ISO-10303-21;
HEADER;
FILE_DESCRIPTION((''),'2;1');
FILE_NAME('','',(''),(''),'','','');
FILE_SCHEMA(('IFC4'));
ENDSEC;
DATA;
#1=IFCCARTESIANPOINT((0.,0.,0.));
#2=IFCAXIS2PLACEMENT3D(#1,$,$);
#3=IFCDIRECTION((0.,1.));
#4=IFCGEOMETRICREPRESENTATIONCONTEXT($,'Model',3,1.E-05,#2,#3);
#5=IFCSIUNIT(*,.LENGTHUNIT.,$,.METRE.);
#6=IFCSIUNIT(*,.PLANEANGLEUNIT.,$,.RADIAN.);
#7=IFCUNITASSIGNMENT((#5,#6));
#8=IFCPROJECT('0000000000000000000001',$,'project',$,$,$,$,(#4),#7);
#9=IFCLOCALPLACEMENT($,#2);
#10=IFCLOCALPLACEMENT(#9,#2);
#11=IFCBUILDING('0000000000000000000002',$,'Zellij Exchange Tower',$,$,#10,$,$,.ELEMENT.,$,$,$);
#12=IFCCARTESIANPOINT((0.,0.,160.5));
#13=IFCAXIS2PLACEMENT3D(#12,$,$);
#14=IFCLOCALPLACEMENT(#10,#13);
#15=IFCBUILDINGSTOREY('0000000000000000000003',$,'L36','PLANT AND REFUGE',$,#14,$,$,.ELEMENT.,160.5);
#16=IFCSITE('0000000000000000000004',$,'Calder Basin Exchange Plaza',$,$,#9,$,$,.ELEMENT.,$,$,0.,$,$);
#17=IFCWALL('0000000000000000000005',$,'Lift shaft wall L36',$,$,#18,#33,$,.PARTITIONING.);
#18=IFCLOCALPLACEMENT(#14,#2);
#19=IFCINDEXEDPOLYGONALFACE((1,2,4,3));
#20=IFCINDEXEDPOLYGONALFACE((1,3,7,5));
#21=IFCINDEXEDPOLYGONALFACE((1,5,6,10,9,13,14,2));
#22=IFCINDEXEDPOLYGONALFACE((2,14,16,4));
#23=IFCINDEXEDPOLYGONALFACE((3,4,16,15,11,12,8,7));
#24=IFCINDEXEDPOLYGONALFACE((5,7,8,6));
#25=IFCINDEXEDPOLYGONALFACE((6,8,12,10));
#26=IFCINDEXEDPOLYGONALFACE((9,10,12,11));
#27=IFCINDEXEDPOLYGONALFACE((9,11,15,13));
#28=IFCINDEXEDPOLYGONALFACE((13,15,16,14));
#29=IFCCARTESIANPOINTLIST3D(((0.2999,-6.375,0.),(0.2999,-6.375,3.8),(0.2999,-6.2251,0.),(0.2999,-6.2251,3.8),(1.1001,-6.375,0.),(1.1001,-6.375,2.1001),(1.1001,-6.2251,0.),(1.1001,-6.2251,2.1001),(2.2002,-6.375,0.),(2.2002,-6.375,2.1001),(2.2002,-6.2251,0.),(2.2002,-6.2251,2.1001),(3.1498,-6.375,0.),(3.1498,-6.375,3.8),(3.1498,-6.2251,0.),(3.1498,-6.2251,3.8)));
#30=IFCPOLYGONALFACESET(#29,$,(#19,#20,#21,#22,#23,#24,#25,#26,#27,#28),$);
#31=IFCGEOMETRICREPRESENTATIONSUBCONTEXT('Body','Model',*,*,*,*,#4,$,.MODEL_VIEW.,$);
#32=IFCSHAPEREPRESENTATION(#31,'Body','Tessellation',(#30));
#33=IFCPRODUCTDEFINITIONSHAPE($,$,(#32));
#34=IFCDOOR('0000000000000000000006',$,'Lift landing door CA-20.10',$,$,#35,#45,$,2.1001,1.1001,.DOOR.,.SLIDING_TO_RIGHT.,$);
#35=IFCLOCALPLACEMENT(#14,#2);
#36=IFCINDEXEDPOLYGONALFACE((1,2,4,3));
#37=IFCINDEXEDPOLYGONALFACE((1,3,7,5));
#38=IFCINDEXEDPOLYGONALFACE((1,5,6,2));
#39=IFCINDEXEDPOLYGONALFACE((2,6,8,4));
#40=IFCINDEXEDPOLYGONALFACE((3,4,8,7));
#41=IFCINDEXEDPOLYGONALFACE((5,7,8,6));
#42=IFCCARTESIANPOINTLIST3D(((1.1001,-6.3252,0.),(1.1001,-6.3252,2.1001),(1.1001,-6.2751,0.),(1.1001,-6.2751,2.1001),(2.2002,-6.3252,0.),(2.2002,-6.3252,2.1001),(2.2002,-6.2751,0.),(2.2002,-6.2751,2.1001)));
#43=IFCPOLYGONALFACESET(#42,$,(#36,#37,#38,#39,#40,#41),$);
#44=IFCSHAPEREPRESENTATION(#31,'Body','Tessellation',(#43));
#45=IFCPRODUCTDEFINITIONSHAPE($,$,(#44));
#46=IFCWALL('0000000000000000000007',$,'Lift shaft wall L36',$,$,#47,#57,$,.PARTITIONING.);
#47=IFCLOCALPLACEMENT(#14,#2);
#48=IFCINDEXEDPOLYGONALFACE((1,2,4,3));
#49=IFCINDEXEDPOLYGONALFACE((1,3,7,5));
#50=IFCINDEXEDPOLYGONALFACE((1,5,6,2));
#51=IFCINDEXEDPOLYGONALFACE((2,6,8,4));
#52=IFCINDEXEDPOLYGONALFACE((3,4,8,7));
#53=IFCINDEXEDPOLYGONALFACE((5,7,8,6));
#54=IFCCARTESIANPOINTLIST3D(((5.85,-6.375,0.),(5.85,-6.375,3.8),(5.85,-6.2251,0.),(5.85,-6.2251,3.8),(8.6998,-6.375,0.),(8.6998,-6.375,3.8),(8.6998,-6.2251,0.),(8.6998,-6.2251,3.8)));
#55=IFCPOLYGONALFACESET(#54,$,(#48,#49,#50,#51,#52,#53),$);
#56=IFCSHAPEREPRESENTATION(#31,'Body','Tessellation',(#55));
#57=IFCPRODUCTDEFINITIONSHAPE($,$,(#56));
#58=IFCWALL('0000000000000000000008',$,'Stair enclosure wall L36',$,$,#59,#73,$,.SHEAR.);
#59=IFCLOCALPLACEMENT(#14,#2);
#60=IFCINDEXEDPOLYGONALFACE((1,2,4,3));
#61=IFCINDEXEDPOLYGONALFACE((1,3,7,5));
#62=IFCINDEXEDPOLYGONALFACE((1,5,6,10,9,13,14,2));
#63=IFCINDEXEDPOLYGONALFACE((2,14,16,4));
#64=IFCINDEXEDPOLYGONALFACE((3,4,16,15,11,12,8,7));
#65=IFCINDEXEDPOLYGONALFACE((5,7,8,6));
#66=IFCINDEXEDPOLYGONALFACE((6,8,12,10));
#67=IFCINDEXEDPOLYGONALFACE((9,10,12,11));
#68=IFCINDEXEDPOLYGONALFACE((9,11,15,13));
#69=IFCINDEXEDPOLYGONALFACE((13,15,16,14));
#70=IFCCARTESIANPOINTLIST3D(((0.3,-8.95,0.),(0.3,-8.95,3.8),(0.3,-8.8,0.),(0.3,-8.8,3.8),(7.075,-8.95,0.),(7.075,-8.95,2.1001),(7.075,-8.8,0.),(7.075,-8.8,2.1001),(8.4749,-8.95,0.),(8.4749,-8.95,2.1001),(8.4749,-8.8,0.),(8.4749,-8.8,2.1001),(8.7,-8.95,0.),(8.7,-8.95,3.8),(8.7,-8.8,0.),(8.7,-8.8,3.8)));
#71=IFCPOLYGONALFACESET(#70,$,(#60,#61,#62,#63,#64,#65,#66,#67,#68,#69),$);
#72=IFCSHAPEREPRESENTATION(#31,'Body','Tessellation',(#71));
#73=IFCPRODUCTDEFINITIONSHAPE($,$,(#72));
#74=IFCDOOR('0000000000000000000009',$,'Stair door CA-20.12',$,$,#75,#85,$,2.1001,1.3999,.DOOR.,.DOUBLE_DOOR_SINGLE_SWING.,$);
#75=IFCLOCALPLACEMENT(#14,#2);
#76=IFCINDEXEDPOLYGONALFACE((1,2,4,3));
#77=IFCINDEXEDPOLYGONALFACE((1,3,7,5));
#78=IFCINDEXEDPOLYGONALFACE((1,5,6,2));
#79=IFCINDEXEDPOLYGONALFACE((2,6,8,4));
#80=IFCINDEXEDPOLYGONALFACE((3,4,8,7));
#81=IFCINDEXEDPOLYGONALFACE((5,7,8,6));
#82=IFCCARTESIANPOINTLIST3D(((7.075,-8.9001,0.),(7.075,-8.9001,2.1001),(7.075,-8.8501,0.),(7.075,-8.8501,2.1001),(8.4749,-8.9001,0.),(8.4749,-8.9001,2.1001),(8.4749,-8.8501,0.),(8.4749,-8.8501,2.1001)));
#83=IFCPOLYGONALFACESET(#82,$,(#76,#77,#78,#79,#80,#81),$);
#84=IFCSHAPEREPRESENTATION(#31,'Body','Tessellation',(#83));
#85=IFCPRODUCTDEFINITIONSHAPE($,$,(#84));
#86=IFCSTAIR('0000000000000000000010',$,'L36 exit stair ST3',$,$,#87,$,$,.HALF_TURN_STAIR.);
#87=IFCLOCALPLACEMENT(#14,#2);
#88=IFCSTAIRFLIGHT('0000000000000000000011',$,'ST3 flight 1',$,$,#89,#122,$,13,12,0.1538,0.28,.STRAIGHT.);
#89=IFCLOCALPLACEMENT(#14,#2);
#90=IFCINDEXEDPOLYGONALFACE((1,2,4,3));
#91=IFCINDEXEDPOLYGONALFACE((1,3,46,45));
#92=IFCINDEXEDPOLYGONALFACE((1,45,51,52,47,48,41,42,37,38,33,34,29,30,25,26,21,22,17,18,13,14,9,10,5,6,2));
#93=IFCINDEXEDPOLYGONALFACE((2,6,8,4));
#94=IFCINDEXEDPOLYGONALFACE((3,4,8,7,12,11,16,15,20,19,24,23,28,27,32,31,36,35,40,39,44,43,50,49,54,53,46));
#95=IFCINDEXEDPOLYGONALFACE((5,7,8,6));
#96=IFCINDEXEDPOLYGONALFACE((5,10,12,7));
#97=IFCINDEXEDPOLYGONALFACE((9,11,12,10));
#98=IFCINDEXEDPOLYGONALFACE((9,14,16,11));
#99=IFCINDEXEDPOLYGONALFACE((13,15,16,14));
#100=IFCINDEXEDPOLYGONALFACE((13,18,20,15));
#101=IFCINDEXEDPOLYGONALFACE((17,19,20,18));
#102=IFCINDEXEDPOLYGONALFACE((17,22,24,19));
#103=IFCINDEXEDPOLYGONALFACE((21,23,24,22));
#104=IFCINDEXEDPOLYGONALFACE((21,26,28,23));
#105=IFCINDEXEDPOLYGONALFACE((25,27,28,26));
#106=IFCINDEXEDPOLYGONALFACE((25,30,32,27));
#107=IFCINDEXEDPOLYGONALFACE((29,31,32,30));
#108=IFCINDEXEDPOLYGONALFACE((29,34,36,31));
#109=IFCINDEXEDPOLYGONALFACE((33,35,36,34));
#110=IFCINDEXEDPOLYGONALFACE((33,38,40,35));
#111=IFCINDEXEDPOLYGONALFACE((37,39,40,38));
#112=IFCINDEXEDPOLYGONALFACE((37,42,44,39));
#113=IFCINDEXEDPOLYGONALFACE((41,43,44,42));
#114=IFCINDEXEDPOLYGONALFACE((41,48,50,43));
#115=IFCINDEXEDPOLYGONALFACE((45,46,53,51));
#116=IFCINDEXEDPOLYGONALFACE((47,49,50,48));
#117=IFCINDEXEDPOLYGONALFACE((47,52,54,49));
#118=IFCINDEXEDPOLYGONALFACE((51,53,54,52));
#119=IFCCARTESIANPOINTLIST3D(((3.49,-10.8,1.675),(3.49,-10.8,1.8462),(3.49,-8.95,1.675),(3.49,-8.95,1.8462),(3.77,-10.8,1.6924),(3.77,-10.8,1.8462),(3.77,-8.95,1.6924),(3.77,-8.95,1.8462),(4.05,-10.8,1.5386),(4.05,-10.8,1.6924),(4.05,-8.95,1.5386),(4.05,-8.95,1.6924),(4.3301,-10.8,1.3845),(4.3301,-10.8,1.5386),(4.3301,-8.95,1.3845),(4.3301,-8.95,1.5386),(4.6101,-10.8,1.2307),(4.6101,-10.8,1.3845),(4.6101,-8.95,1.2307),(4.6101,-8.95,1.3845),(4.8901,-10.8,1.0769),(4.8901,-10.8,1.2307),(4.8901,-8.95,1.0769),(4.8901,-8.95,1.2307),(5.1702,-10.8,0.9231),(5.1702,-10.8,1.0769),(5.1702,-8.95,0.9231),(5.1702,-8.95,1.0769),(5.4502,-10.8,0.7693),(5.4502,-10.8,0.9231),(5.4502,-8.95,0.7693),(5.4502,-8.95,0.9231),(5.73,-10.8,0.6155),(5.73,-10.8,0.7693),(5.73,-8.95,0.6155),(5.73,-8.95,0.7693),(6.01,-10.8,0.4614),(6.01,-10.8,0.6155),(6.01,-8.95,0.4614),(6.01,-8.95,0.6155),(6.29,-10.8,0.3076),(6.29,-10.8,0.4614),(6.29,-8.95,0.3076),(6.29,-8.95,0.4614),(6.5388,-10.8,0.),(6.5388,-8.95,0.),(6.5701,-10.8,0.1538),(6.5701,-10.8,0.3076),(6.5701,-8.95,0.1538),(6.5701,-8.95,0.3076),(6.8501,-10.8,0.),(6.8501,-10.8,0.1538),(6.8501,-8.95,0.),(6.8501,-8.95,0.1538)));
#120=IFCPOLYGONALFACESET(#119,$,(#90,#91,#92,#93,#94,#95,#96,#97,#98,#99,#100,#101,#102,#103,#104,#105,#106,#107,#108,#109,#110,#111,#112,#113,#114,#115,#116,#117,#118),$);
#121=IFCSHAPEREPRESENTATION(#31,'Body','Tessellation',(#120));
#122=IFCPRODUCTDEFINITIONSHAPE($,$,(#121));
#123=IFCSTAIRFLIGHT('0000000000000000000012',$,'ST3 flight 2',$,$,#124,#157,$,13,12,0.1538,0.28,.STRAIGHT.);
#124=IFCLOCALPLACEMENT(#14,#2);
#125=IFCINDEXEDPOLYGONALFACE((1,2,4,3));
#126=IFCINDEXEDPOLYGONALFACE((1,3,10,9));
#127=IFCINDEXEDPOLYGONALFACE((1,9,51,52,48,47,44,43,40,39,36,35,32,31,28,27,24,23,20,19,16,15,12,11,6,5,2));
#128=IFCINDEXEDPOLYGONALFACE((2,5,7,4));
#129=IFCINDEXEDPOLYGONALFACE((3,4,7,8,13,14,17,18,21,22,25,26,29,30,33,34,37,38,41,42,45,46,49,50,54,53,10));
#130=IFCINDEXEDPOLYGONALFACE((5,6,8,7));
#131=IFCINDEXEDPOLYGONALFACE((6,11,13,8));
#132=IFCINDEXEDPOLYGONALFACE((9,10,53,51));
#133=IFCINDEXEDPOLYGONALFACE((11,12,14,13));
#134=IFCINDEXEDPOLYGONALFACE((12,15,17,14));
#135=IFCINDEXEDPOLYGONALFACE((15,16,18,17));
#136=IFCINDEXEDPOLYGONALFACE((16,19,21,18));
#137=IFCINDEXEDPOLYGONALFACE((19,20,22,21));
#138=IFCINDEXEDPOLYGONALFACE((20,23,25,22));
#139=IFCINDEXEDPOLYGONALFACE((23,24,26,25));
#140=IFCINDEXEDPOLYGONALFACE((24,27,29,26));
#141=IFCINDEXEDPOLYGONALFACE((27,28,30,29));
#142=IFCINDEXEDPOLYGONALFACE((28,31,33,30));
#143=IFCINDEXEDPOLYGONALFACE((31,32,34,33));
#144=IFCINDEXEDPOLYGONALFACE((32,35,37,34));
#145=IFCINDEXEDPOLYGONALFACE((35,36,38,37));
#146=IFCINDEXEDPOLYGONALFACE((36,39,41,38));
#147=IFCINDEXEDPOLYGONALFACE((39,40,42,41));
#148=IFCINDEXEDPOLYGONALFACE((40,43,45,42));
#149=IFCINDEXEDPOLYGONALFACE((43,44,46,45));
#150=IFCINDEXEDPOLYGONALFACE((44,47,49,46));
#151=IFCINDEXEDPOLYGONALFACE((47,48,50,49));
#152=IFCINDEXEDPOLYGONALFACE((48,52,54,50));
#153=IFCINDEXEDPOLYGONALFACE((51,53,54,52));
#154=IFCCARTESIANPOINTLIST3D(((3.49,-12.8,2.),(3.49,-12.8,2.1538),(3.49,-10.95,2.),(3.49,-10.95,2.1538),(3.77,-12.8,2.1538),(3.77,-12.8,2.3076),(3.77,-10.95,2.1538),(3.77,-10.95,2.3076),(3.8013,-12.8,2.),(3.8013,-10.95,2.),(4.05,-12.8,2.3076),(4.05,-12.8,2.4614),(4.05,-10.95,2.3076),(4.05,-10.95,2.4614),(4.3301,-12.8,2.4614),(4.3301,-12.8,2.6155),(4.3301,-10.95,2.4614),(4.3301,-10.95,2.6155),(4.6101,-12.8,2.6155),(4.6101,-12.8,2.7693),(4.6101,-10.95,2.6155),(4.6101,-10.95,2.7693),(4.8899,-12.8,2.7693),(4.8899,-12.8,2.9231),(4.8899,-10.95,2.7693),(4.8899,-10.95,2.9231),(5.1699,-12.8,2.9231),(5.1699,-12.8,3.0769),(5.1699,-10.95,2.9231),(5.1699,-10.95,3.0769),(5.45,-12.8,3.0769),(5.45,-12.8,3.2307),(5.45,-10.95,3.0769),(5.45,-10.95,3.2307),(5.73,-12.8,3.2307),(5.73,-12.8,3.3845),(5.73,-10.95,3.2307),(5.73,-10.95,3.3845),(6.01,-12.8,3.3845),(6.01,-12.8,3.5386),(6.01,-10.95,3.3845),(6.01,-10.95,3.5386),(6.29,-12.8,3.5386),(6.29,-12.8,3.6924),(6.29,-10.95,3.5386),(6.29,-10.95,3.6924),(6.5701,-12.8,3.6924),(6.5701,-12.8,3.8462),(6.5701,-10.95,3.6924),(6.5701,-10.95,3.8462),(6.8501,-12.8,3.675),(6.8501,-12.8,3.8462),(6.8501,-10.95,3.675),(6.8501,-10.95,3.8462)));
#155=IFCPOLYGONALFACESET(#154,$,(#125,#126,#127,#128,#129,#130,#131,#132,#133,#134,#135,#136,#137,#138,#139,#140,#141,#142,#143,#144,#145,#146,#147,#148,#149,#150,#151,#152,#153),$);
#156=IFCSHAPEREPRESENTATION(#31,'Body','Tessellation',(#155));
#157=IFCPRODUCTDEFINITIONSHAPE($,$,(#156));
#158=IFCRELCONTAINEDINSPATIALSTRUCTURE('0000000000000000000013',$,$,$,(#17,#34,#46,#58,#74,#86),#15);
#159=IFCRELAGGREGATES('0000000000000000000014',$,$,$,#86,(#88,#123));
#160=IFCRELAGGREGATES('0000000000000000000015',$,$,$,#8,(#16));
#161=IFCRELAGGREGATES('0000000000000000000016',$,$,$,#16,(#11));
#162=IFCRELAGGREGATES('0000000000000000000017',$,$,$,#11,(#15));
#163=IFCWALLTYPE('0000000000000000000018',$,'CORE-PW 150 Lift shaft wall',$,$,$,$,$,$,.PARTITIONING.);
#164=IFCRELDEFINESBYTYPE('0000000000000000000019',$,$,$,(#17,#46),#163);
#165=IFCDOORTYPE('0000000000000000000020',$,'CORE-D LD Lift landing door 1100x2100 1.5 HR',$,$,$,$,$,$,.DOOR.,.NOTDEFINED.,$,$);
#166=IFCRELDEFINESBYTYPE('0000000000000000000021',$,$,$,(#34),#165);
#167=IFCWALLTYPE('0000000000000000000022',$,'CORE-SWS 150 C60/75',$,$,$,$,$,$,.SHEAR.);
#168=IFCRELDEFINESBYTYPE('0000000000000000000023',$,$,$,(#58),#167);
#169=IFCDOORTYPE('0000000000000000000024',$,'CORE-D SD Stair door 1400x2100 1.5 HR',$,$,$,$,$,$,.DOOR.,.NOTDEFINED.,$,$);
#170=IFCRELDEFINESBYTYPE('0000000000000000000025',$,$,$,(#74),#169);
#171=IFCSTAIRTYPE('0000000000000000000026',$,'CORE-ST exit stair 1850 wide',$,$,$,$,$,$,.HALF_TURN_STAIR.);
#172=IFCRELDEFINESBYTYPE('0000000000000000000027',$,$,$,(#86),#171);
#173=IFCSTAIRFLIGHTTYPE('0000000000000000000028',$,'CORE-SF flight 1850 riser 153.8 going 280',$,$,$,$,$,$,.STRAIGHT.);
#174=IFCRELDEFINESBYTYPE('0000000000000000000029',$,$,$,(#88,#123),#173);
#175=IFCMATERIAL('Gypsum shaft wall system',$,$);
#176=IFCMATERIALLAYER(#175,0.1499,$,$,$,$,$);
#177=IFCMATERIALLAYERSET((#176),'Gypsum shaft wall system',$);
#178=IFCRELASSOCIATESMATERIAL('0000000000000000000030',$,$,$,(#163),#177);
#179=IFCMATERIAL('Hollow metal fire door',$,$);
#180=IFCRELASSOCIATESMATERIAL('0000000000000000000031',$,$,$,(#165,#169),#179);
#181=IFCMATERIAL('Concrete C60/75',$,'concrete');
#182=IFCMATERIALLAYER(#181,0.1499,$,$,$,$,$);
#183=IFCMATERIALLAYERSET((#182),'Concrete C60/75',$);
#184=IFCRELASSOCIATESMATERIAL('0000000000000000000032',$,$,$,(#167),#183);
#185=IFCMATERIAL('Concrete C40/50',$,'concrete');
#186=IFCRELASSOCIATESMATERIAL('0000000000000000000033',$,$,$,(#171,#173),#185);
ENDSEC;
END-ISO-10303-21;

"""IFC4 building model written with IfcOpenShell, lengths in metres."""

from ifc_helpers import new_model, si_unit, direction, frame, frame_2d, origin, place, context, subcontext, project, spatial, polyline, rectangle, outline, extrude, material, layer, layer_set, type_object, element, fill, aggregate, save


model = new_model("IFC4")

# Units and contexts
model_context = context("Model", 3, precision=1e-05, world=origin(), true_north=direction((0.0, 1.0)))
body_context = subcontext(model_context, "Body", "Model", "MODEL_VIEW")
ifc_project = project(units=[si_unit("LENGTHUNIT", "METRE"), si_unit("PLANEANGLEUNIT", "RADIAN")], contexts=[model_context])

# Site, building, storey
site_placement = place(None, origin())
site = spatial("IfcSite", under=ifc_project, at=site_placement, Name="Calder Basin Exchange Plaza", CompositionType="ELEMENT", RefElevation=0.0)
building_placement = place(site_placement, origin())
building = spatial("IfcBuilding", under=site, at=building_placement, Name="Zellij Exchange Tower", CompositionType="ELEMENT")
storey_placement = place(building_placement, frame((0.0, 0.0, 160.5)))
storey = spatial("IfcBuildingStorey", under=building, at=storey_placement, Name="L36", Description="PLANT AND REFUGE", CompositionType="ELEMENT", Elevation=160.5)

# Shared definitions
ifc_material_1 = material(Name="Concrete C60/75", Category="concrete")

# Shared definitions
ifc_material_2 = material(Name="Gypsum shaft wall system")
ifc_material_3 = material(Name="Hollow metal fire door")

# Shared definitions
ifc_layer_1 = layer(ifc_material_2, 0.1499)
ifc_layer_set_1 = layer_set([ifc_layer_1], Name="Gypsum shaft wall system")
wall_type_1 = type_object("IfcWallType", Name="CORE-PW 150 Lift shaft wall", PredefinedType="PARTITIONING", material=ifc_layer_set_1)

# Wall, opening, door
wall_1_placement = place(storey_placement, frame((0.3, -6.3, 0.0), z_axis=(0.0, 0.0, 1.0), x_axis=(1.0, 0.0, 0.0)))
wall_1 = element("IfcWall", 1, at=wall_1_placement, inside=storey, type_object=wall_type_1, Name="Lift shaft wall L36", PredefinedType="PARTITIONING", context=body_context, shape_type="SweptSolid", body=[
    extrude(rectangle(XDim=2.8499, YDim=0.1499, at=frame_2d((1.4248, 0.0))), origin(), (0.0, 0.0, 1.0), 3.8),
])
opening_1_placement = place(wall_1_placement, frame((0.8, 0.0, 0.0)))
opening_1 = element("IfcOpeningElement", 2, at=opening_1_placement, cuts=wall_1, PredefinedType="OPENING", context=body_context, shape_type="SweptSolid", body=[
    extrude(rectangle(XDim=1.1001, YDim=2.1001, at=frame_2d((0.55, 1.05))), frame((0.0, 0.0869, 0.0), z_axis=(0.0, -1.0, 0.0), x_axis=(1.0, 0.0, 0.0)), (0.0, 0.0, 1.0), 0.1738),
])
door_type_1 = type_object("IfcDoorType", Name="CORE-D LD Lift landing door 1100x2100 1.5 HR", OperationType="NOTDEFINED", PredefinedType="DOOR", material=ifc_material_3)
door_1_placement = place(opening_1_placement, origin())
door_1 = element("IfcDoor", 3, at=door_1_placement, inside=storey, type_object=door_type_1, Name="Lift landing door CA-20.10", OperationType="SLIDING_TO_RIGHT", OverallHeight=2.1001, OverallWidth=1.1001, PredefinedType="DOOR", context=body_context, shape_type="SweptSolid", body=[
    extrude(rectangle(XDim=1.1001, YDim=2.1001, at=frame_2d((0.55, 1.05))), frame((0.0, 0.0249, 0.0), z_axis=(0.0, -1.0, 0.0), x_axis=(1.0, 0.0, 0.0)), (0.0, 0.0, 1.0), 0.05),
])
fill(opening_1, door_1)

# Wall
wall_2_placement = place(storey_placement, frame((5.8501, -6.3, 0.0), z_axis=(0.0, 0.0, 1.0), x_axis=(1.0, 0.0, 0.0)))
element("IfcWall", 4, at=wall_2_placement, inside=storey, type_object=wall_type_1, Name="Lift shaft wall L36", PredefinedType="PARTITIONING", context=body_context, shape_type="SweptSolid", body=[
    extrude(rectangle(XDim=2.8499, YDim=0.1499, at=frame_2d((1.4248, 0.0))), origin(), (0.0, 0.0, 1.0), 3.8),
])

# Wall, opening, door
ifc_layer_2 = layer(ifc_material_1, 0.1499)
ifc_layer_set_2 = layer_set([ifc_layer_2], Name="Concrete C60/75")
wall_type_2 = type_object("IfcWallType", Name="CORE-SWS 150 C60/75", PredefinedType="SHEAR", material=ifc_layer_set_2)
wall_3_placement = place(storey_placement, frame((0.3, -8.875, 0.0), z_axis=(0.0, 0.0, 1.0), x_axis=(1.0, 0.0, 0.0)))
wall_3 = element("IfcWall", 5, at=wall_3_placement, inside=storey, type_object=wall_type_2, Name="Stair enclosure wall L36", PredefinedType="SHEAR", context=body_context, shape_type="SweptSolid", body=[
    extrude(rectangle(XDim=8.3999, YDim=0.1499, at=frame_2d((4.2, 0.0))), origin(), (0.0, 0.0, 1.0), 3.8),
])
opening_2_placement = place(wall_3_placement, frame((6.7749, 0.0, 0.0)))
opening_2 = element("IfcOpeningElement", 6, at=opening_2_placement, cuts=wall_3, PredefinedType="OPENING", context=body_context, shape_type="SweptSolid", body=[
    extrude(rectangle(XDim=1.3999, YDim=2.1001, at=frame_2d((0.7, 1.05))), frame((0.0, 0.0869, 0.0), z_axis=(0.0, -1.0, 0.0), x_axis=(1.0, 0.0, 0.0)), (0.0, 0.0, 1.0), 0.1738),
])
door_type_2 = type_object("IfcDoorType", Name="CORE-D SD Stair door 1400x2100 1.5 HR", OperationType="NOTDEFINED", PredefinedType="DOOR", material=ifc_material_3)
door_2_placement = place(opening_2_placement, origin())
door_2 = element("IfcDoor", 7, at=door_2_placement, inside=storey, type_object=door_type_2, Name="Stair door CA-20.12", OperationType="DOUBLE_DOOR_SINGLE_SWING", OverallHeight=2.1001, OverallWidth=1.3999, PredefinedType="DOOR", context=body_context, shape_type="SweptSolid", body=[
    extrude(rectangle(XDim=1.3999, YDim=2.1001, at=frame_2d((0.7, 1.05))), frame((0.0, 0.0249, 0.0), z_axis=(0.0, -1.0, 0.0), x_axis=(1.0, 0.0, 0.0)), (0.0, 0.0, 1.0), 0.05),
])
fill(opening_2, door_2)

# Stair, stair flights
ifc_material_4 = material(Name="Concrete C40/50", Category="concrete")
stair_type = type_object("IfcStairType", Name="CORE-ST exit stair 1850 wide", PredefinedType="HALF_TURN_STAIR", material=ifc_material_4)
stair_placement = place(storey_placement, origin())
stair = element("IfcStair", 8, at=stair_placement, inside=storey, type_object=stair_type, Name="L36 exit stair ST3", PredefinedType="HALF_TURN_STAIR")
stair_flight_type = type_object("IfcStairFlightType", Name="CORE-SF flight 1850 riser 153.8 going 280", PredefinedType="STRAIGHT", material=ifc_material_4)
stair_flight_1_placement = place(storey_placement, frame((6.8501, -9.875, 0.0), z_axis=(0.0, 0.0, 1.0), x_axis=(-1.0, 0.0, 0.0)))
stair_flight_1 = element("IfcStairFlight", 9, at=stair_flight_1_placement, type_object=stair_flight_type, Name="ST3 flight 1", NumberOfRisers=13, NumberOfTreads=12, PredefinedType="STRAIGHT", RiserHeight=0.1538, TreadLength=0.28, context=body_context, shape_type="SweptSolid", body=[
    extrude(outline(polyline([(0.0, 0.0), (0.0, 0.1538), (0.28, 0.1538), (0.28, 0.3076), (0.5601, 0.3076), (0.5601, 0.4614), (0.8401, 0.4614), (0.8401, 0.6155), (1.1201, 0.6155), (1.1201, 0.7693), (1.3999, 0.7693), (1.3999, 0.9231), (1.6799, 0.9231), (1.6799, 1.0769), (1.96, 1.0769), (1.96, 1.2307), (2.24, 1.2307), (2.24, 1.3845), (2.52, 1.3845), (2.52, 1.5386), (2.8, 1.5386), (2.8, 1.6924), (3.0801, 1.6924), (3.0801, 1.8462), (3.3601, 1.8462), (3.3601, 2.0), (3.3601, 1.675), (0.3113, 0.0), (0.0, 0.0)])), frame((0.0, 0.925, 0.0), z_axis=(0.0, -1.0, 0.0), x_axis=(1.0, 0.0, 0.0)), (0.0, 0.0, 1.0), 1.8501),
])
stair_flight_2_placement = place(storey_placement, frame((3.49, -11.875, 2.0), z_axis=(0.0, 0.0, 1.0), x_axis=(1.0, 0.0, 0.0)))
stair_flight_2 = element("IfcStairFlight", 10, at=stair_flight_2_placement, type_object=stair_flight_type, Name="ST3 flight 2", NumberOfRisers=13, NumberOfTreads=12, PredefinedType="STRAIGHT", RiserHeight=0.1538, TreadLength=0.28, context=body_context, shape_type="SweptSolid", body=[
    extrude(outline(polyline([(0.0, 0.0), (0.0, 0.1538), (0.28, 0.1538), (0.28, 0.3076), (0.5601, 0.3076), (0.5601, 0.4614), (0.8401, 0.4614), (0.8401, 0.6155), (1.1201, 0.6155), (1.1201, 0.7693), (1.3999, 0.7693), (1.3999, 0.9231), (1.6799, 0.9231), (1.6799, 1.0769), (1.96, 1.0769), (1.96, 1.2307), (2.24, 1.2307), (2.24, 1.3845), (2.52, 1.3845), (2.52, 1.5386), (2.8, 1.5386), (2.8, 1.6924), (3.0801, 1.6924), (3.0801, 1.8462), (3.3601, 1.8462), (3.3601, 2.0), (3.3601, 1.675), (0.3113, 0.0), (0.0, 0.0)])), frame((0.0, 0.925, 0.0), z_axis=(0.0, -1.0, 0.0), x_axis=(1.0, 0.0, 0.0)), (0.0, 0.0, 1.0), 1.8501),
])
aggregate(stair, [stair_flight_1, stair_flight_2])

save(model, "model.ifc")
